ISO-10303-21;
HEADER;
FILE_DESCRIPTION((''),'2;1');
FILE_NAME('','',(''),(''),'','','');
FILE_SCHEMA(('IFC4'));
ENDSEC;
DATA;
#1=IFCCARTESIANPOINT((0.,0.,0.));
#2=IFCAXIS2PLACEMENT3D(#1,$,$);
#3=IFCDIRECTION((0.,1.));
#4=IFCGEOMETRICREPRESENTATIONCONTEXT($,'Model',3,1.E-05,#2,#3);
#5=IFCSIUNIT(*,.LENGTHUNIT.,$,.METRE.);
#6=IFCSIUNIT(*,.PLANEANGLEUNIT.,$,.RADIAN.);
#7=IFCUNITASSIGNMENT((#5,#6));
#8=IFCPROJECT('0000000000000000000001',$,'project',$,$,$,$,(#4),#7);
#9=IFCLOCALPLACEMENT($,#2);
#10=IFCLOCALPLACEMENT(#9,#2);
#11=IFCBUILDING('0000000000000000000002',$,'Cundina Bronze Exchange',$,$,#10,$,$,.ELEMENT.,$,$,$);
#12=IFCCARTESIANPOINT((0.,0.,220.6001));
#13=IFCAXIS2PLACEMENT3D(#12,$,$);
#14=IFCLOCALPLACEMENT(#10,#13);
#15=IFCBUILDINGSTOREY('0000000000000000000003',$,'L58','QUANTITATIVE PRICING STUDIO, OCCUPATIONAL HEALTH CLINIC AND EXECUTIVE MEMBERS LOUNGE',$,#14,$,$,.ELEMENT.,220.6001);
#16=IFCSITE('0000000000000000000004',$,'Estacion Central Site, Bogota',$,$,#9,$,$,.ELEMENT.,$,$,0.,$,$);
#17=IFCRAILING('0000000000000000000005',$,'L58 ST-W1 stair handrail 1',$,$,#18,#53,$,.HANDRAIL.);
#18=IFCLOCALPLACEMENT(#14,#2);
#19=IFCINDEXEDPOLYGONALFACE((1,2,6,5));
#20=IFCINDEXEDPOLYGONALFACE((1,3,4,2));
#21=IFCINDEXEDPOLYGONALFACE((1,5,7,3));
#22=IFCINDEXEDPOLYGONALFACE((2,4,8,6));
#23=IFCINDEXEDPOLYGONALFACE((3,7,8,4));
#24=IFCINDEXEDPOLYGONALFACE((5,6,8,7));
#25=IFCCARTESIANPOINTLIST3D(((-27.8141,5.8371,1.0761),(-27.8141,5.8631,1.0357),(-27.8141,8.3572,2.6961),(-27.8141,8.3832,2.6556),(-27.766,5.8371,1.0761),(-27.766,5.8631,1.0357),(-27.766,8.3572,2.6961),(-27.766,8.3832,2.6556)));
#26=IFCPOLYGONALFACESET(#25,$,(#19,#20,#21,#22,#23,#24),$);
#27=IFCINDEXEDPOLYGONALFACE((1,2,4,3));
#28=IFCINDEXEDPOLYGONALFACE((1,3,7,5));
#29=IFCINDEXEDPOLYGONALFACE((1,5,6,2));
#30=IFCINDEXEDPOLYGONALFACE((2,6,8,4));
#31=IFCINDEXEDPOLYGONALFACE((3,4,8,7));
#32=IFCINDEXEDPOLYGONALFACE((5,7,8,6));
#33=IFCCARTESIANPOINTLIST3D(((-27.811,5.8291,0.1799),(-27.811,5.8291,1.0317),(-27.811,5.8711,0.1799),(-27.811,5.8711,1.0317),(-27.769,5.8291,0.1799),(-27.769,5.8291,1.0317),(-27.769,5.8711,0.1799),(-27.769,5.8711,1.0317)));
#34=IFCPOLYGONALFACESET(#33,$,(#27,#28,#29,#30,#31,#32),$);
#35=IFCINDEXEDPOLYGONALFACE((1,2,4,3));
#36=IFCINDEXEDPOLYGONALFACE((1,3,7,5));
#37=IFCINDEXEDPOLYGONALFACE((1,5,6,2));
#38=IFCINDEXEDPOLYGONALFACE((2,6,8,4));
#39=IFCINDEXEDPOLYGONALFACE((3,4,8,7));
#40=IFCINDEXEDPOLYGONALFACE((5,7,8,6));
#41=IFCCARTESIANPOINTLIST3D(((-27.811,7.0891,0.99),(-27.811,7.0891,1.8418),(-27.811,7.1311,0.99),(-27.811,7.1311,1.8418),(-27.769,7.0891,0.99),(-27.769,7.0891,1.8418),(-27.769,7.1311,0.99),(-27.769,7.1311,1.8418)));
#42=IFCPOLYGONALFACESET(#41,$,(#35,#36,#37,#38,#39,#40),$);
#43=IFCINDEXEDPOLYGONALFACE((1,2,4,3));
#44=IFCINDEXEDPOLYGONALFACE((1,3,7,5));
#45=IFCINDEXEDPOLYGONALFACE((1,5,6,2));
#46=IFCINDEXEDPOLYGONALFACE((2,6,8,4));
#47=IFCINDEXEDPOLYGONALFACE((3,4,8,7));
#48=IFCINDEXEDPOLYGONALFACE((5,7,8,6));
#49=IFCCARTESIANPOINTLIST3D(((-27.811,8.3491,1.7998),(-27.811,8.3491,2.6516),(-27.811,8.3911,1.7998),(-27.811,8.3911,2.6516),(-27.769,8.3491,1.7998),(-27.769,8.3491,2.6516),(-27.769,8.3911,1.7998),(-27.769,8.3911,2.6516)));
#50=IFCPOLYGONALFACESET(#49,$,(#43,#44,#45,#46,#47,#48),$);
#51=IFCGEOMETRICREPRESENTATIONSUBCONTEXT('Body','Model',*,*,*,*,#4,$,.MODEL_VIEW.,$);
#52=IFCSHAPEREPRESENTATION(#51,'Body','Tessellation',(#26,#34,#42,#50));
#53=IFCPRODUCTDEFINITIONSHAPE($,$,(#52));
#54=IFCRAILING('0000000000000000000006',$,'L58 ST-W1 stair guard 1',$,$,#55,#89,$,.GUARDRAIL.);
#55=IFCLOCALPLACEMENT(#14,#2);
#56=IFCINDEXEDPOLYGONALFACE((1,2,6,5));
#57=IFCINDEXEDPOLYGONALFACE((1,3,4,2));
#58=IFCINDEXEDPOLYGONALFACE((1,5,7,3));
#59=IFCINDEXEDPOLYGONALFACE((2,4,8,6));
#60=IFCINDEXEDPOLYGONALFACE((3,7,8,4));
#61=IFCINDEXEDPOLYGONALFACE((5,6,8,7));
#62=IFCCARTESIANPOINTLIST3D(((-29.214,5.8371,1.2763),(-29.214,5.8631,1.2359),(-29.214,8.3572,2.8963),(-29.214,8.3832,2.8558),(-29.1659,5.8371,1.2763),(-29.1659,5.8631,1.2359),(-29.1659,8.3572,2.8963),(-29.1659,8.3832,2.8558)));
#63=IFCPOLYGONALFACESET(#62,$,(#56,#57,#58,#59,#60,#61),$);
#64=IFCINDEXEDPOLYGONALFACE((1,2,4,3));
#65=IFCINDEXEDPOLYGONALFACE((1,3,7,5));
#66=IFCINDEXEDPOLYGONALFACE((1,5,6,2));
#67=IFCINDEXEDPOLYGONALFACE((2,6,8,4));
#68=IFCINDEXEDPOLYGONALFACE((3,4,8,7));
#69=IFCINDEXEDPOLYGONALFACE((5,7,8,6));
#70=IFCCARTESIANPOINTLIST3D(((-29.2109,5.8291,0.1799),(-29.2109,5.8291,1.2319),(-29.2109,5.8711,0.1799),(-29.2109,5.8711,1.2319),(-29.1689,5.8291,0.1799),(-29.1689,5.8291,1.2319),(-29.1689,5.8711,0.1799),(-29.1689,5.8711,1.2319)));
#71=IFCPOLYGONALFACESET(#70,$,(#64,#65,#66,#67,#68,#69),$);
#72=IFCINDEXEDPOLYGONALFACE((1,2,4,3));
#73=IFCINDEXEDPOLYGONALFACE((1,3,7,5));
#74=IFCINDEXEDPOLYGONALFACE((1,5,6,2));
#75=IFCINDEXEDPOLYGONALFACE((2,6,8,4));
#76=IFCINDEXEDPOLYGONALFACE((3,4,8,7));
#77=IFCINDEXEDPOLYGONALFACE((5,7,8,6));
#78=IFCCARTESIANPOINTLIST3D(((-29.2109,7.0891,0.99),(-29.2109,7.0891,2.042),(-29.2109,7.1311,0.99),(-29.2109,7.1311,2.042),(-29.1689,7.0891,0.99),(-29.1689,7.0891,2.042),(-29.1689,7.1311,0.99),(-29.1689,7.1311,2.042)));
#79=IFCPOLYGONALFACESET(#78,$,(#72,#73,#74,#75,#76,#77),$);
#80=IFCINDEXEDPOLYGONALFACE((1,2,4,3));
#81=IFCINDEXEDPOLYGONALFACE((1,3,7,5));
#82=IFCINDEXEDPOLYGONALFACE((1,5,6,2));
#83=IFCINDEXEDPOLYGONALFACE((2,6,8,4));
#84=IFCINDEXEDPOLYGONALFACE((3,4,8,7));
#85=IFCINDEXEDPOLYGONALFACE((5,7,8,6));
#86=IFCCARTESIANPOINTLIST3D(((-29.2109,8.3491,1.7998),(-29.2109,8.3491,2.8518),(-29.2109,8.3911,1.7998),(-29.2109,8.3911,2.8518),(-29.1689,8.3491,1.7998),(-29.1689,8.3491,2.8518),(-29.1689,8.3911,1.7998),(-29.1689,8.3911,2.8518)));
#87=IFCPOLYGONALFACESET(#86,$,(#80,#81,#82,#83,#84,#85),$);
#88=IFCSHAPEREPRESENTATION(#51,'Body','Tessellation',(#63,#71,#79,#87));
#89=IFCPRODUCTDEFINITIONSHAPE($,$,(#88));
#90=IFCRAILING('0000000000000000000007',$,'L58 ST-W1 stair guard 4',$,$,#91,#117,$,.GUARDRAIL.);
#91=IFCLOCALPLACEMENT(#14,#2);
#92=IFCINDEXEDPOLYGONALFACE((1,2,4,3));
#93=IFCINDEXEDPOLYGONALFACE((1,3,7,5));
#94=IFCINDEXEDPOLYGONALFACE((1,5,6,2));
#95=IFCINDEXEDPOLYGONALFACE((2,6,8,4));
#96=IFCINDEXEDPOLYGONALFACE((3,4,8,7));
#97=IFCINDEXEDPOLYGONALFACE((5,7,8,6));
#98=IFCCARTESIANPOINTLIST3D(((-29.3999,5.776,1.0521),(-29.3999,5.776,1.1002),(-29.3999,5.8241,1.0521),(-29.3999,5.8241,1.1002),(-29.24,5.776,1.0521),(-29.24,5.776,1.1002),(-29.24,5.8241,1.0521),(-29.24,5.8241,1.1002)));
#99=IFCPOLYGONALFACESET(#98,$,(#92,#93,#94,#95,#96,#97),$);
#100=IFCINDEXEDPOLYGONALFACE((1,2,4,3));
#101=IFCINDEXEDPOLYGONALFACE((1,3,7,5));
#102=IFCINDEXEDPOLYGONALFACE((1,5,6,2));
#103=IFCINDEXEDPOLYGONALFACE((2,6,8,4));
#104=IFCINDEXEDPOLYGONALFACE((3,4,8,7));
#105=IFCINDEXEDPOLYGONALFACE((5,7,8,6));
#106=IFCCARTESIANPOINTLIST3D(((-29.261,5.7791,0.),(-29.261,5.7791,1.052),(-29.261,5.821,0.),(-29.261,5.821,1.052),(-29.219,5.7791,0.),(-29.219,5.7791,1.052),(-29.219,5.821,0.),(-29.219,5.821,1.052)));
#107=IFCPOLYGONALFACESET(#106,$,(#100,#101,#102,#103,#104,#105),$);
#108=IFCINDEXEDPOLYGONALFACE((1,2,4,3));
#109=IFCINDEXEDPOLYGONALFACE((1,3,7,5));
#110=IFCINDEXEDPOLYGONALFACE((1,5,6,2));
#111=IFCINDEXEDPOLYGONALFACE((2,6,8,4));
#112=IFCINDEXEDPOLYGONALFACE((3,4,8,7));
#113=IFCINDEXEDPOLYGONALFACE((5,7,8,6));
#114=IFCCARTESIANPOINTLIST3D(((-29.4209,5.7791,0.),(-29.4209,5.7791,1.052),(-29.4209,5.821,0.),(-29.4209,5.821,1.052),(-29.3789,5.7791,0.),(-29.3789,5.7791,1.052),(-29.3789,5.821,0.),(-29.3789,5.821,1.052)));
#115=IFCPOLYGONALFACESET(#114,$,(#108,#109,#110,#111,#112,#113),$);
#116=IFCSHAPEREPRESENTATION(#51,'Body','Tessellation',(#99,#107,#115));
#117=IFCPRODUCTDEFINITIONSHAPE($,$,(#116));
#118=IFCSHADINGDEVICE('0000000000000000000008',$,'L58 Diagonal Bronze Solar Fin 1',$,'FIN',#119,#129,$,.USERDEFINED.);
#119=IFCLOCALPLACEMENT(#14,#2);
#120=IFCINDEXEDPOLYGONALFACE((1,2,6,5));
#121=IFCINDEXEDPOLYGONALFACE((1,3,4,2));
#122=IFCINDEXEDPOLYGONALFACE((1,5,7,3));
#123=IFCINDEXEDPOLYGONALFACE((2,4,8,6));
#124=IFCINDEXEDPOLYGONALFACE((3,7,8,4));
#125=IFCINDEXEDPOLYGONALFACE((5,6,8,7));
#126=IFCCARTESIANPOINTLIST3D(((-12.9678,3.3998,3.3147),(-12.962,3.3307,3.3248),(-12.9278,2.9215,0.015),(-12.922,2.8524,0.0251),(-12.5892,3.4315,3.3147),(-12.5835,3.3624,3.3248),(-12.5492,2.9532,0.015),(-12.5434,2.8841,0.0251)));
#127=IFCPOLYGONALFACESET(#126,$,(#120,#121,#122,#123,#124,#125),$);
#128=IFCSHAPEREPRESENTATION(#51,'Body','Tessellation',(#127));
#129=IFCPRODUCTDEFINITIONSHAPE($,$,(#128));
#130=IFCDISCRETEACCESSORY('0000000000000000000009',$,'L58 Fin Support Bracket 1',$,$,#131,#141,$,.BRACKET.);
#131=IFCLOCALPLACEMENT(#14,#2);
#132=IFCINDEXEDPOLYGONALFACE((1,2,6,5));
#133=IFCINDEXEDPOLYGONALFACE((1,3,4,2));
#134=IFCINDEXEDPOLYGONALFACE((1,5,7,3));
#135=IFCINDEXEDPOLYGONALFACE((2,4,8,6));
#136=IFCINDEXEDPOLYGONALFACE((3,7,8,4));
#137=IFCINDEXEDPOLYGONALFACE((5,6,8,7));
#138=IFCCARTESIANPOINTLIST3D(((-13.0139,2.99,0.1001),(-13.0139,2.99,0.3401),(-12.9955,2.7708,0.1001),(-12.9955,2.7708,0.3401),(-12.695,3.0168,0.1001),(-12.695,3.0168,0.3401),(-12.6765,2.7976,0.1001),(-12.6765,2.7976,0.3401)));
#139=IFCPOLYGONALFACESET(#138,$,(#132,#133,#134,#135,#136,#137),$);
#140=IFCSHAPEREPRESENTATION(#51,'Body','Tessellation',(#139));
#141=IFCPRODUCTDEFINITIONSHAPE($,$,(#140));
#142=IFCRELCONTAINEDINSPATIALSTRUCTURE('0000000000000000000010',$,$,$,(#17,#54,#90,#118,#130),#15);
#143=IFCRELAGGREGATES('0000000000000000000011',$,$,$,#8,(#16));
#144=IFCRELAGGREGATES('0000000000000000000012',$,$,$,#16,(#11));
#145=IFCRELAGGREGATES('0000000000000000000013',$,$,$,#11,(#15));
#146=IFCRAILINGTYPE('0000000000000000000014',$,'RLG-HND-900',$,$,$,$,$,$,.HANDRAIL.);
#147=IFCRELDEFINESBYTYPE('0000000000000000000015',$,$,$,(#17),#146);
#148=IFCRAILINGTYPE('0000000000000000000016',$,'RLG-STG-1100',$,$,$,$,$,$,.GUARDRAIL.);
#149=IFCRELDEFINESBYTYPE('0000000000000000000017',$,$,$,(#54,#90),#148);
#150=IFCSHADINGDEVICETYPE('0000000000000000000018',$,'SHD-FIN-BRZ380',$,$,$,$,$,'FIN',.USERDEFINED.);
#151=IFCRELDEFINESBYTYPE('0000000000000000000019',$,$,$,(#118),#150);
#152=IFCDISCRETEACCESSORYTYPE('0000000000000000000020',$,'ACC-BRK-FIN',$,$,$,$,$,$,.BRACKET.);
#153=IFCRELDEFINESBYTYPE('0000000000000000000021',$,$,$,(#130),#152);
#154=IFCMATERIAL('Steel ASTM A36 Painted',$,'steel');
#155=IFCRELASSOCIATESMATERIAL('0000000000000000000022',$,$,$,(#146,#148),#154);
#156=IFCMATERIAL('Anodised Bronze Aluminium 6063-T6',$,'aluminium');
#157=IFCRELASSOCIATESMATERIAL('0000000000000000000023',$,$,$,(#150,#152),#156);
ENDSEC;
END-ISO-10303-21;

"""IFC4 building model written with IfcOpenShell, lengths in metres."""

from ifc_helpers import new_model, si_unit, direction, frame, origin, origin_2d, place, context, subcontext, project, spatial, rectangle, extrude, material, material_profile, profile_set, type_object, element, save


model = new_model("IFC4")

# Units and contexts
model_context = context("Model", 3, precision=1e-05, world=origin(), true_north=direction((0.0, 1.0)))
body_context = subcontext(model_context, "Body", "Model", "MODEL_VIEW")
ifc_project = project(units=[si_unit("LENGTHUNIT", "METRE"), si_unit("PLANEANGLEUNIT", "RADIAN")], contexts=[model_context])

# Site, building, storey
site_placement = place(None, origin())
site = spatial("IfcSite", under=ifc_project, at=site_placement, Name="Estacion Central Site, Bogota", CompositionType="ELEMENT", RefElevation=0.0)
building_placement = place(site_placement, origin())
building = spatial("IfcBuilding", under=site, at=building_placement, Name="Cundina Bronze Exchange", CompositionType="ELEMENT")
storey_placement = place(building_placement, frame((0.0, 0.0, 220.6001)))
storey = spatial("IfcBuildingStorey", under=building, at=storey_placement, Name="L58", Description="QUANTITATIVE PRICING STUDIO, OCCUPATIONAL HEALTH CLINIC AND EXECUTIVE MEMBERS LOUNGE", CompositionType="ELEMENT", Elevation=220.6001)

# Shared definitions
ifc_material_1 = material(Name="Anodised Bronze Aluminium 6063-T6", Category="aluminium")

# Shared definitions
ifc_material_2 = material(Name="Steel ASTM A36 Painted", Category="steel")

# Railings
railing_type_1 = type_object("IfcRailingType", Name="RLG-HND-900", PredefinedType="HANDRAIL", material=ifc_material_2)
railing_1_placement = place(storey_placement, frame((-27.79, 5.8501, 0.1799)))
element("IfcRailing", 1, at=railing_1_placement, inside=storey, type_object=railing_type_1, Name="L58 ST-W1 stair handrail 1", PredefinedType="HANDRAIL", context=body_context, shape_type="SweptSolid", body=[
    extrude(rectangle(XDim=0.0481, YDim=0.0481, at=origin_2d()), frame((0.0, 0.0, 0.876), z_axis=(0.0, 0.8412, 0.540725), x_axis=(-1.0, 0.0, 0.0)), (0.0, 0.0, 1.0), 2.9958),
    extrude(rectangle(XDim=0.042, YDim=0.042, at=origin_2d()), origin(), (0.0, 0.0, 1.0), 0.8518),
    extrude(rectangle(XDim=0.042, YDim=0.042, at=origin_2d()), frame((0.0, 1.26, 0.8101)), (0.0, 0.0, 1.0), 0.8518),
    extrude(rectangle(XDim=0.042, YDim=0.042, at=origin_2d()), frame((0.0, 2.52, 1.6199)), (0.0, 0.0, 1.0), 0.8518),
])
railing_type_2 = type_object("IfcRailingType", Name="RLG-STG-1100", PredefinedType="GUARDRAIL", material=ifc_material_2)
railing_2_placement = place(storey_placement, frame((-29.1899, 5.8501, 0.1799)))
element("IfcRailing", 2, at=railing_2_placement, inside=storey, type_object=railing_type_2, Name="L58 ST-W1 stair guard 1", PredefinedType="GUARDRAIL", context=body_context, shape_type="SweptSolid", body=[
    extrude(rectangle(XDim=0.0481, YDim=0.0481, at=origin_2d()), frame((0.0, 0.0, 1.0762), z_axis=(0.0, 0.8412, 0.540725), x_axis=(-1.0, 0.0, 0.0)), (0.0, 0.0, 1.0), 2.9958),
    extrude(rectangle(XDim=0.042, YDim=0.042, at=origin_2d()), origin(), (0.0, 0.0, 1.0), 1.052),
    extrude(rectangle(XDim=0.042, YDim=0.042, at=origin_2d()), frame((0.0, 1.26, 0.8101)), (0.0, 0.0, 1.0), 1.052),
    extrude(rectangle(XDim=0.042, YDim=0.042, at=origin_2d()), frame((0.0, 2.52, 1.6199)), (0.0, 0.0, 1.0), 1.052),
])
railing_3_placement = place(storey_placement, frame((-29.24, 5.8, 0.0)))
element("IfcRailing", 3, at=railing_3_placement, inside=storey, type_object=railing_type_2, Name="L58 ST-W1 stair guard 4", PredefinedType="GUARDRAIL", context=body_context, shape_type="SweptSolid", body=[
    extrude(rectangle(XDim=0.0481, YDim=0.0481, at=origin_2d()), frame((0.0, 0.0, 1.0762), z_axis=(-1.0, 0.0, 0.0), x_axis=(0.0, -1.0, 0.0)), (0.0, 0.0, 1.0), 0.1599),
    extrude(rectangle(XDim=0.042, YDim=0.042, at=origin_2d()), origin(), (0.0, 0.0, 1.0), 1.052),
    extrude(rectangle(XDim=0.042, YDim=0.042, at=origin_2d()), frame((-0.1599, 0.0, 0.0)), (0.0, 0.0, 1.0), 1.052),
])

# Shading device
ifc_material_profile_1 = material_profile(ifc_material_1, rectangle(XDim=0.0701, YDim=0.3799, at=origin_2d()), Name="FIN70X380", Category="aluminium")
ifc_profile_set_1 = profile_set([ifc_material_profile_1], Name="Anodised Bronze Aluminium 6063-T6")
shading_device_type = type_object("IfcShadingDeviceType", Name="SHD-FIN-BRZ380", ElementType="FIN", PredefinedType="USERDEFINED", material=ifc_profile_set_1)
shading_device_placement = place(storey_placement, frame((-12.7356, 2.9028, 0.02), z_axis=(-0.012007, 0.14343, 0.989588), x_axis=(0.082556, -0.986138, 0.143932)))
element("IfcShadingDevice", 4, at=shading_device_placement, inside=storey, type_object=shading_device_type, Name="L58 Diagonal Bronze Solar Fin 1", ObjectType="FIN", PredefinedType="USERDEFINED", context=body_context, shape_type="SweptSolid", body=[
    extrude(rectangle(XDim=0.0701, YDim=0.3799, at=origin_2d()), origin(), (0.0, 0.0, 1.0), 3.3345),
])

# Discrete accessory
discrete_accessory_type = type_object("IfcDiscreteAccessoryType", Name="ACC-BRK-FIN", PredefinedType="BRACKET", material=ifc_material_1)
discrete_accessory_placement = place(storey_placement, frame((-12.8452, 2.8938, 0.1001), z_axis=(0.0, 0.0, 1.0), x_axis=(-0.083747, 0.996487, 0.0)))
element("IfcDiscreteAccessory", 5, at=discrete_accessory_placement, inside=storey, type_object=discrete_accessory_type, Name="L58 Fin Support Bracket 1", PredefinedType="BRACKET", context=body_context, shape_type="SweptSolid", body=[
    extrude(rectangle(XDim=0.22, YDim=0.3201, at=origin_2d()), origin(), (0.0, 0.0, 1.0), 0.24),
])

save(model, "model.ifc")
